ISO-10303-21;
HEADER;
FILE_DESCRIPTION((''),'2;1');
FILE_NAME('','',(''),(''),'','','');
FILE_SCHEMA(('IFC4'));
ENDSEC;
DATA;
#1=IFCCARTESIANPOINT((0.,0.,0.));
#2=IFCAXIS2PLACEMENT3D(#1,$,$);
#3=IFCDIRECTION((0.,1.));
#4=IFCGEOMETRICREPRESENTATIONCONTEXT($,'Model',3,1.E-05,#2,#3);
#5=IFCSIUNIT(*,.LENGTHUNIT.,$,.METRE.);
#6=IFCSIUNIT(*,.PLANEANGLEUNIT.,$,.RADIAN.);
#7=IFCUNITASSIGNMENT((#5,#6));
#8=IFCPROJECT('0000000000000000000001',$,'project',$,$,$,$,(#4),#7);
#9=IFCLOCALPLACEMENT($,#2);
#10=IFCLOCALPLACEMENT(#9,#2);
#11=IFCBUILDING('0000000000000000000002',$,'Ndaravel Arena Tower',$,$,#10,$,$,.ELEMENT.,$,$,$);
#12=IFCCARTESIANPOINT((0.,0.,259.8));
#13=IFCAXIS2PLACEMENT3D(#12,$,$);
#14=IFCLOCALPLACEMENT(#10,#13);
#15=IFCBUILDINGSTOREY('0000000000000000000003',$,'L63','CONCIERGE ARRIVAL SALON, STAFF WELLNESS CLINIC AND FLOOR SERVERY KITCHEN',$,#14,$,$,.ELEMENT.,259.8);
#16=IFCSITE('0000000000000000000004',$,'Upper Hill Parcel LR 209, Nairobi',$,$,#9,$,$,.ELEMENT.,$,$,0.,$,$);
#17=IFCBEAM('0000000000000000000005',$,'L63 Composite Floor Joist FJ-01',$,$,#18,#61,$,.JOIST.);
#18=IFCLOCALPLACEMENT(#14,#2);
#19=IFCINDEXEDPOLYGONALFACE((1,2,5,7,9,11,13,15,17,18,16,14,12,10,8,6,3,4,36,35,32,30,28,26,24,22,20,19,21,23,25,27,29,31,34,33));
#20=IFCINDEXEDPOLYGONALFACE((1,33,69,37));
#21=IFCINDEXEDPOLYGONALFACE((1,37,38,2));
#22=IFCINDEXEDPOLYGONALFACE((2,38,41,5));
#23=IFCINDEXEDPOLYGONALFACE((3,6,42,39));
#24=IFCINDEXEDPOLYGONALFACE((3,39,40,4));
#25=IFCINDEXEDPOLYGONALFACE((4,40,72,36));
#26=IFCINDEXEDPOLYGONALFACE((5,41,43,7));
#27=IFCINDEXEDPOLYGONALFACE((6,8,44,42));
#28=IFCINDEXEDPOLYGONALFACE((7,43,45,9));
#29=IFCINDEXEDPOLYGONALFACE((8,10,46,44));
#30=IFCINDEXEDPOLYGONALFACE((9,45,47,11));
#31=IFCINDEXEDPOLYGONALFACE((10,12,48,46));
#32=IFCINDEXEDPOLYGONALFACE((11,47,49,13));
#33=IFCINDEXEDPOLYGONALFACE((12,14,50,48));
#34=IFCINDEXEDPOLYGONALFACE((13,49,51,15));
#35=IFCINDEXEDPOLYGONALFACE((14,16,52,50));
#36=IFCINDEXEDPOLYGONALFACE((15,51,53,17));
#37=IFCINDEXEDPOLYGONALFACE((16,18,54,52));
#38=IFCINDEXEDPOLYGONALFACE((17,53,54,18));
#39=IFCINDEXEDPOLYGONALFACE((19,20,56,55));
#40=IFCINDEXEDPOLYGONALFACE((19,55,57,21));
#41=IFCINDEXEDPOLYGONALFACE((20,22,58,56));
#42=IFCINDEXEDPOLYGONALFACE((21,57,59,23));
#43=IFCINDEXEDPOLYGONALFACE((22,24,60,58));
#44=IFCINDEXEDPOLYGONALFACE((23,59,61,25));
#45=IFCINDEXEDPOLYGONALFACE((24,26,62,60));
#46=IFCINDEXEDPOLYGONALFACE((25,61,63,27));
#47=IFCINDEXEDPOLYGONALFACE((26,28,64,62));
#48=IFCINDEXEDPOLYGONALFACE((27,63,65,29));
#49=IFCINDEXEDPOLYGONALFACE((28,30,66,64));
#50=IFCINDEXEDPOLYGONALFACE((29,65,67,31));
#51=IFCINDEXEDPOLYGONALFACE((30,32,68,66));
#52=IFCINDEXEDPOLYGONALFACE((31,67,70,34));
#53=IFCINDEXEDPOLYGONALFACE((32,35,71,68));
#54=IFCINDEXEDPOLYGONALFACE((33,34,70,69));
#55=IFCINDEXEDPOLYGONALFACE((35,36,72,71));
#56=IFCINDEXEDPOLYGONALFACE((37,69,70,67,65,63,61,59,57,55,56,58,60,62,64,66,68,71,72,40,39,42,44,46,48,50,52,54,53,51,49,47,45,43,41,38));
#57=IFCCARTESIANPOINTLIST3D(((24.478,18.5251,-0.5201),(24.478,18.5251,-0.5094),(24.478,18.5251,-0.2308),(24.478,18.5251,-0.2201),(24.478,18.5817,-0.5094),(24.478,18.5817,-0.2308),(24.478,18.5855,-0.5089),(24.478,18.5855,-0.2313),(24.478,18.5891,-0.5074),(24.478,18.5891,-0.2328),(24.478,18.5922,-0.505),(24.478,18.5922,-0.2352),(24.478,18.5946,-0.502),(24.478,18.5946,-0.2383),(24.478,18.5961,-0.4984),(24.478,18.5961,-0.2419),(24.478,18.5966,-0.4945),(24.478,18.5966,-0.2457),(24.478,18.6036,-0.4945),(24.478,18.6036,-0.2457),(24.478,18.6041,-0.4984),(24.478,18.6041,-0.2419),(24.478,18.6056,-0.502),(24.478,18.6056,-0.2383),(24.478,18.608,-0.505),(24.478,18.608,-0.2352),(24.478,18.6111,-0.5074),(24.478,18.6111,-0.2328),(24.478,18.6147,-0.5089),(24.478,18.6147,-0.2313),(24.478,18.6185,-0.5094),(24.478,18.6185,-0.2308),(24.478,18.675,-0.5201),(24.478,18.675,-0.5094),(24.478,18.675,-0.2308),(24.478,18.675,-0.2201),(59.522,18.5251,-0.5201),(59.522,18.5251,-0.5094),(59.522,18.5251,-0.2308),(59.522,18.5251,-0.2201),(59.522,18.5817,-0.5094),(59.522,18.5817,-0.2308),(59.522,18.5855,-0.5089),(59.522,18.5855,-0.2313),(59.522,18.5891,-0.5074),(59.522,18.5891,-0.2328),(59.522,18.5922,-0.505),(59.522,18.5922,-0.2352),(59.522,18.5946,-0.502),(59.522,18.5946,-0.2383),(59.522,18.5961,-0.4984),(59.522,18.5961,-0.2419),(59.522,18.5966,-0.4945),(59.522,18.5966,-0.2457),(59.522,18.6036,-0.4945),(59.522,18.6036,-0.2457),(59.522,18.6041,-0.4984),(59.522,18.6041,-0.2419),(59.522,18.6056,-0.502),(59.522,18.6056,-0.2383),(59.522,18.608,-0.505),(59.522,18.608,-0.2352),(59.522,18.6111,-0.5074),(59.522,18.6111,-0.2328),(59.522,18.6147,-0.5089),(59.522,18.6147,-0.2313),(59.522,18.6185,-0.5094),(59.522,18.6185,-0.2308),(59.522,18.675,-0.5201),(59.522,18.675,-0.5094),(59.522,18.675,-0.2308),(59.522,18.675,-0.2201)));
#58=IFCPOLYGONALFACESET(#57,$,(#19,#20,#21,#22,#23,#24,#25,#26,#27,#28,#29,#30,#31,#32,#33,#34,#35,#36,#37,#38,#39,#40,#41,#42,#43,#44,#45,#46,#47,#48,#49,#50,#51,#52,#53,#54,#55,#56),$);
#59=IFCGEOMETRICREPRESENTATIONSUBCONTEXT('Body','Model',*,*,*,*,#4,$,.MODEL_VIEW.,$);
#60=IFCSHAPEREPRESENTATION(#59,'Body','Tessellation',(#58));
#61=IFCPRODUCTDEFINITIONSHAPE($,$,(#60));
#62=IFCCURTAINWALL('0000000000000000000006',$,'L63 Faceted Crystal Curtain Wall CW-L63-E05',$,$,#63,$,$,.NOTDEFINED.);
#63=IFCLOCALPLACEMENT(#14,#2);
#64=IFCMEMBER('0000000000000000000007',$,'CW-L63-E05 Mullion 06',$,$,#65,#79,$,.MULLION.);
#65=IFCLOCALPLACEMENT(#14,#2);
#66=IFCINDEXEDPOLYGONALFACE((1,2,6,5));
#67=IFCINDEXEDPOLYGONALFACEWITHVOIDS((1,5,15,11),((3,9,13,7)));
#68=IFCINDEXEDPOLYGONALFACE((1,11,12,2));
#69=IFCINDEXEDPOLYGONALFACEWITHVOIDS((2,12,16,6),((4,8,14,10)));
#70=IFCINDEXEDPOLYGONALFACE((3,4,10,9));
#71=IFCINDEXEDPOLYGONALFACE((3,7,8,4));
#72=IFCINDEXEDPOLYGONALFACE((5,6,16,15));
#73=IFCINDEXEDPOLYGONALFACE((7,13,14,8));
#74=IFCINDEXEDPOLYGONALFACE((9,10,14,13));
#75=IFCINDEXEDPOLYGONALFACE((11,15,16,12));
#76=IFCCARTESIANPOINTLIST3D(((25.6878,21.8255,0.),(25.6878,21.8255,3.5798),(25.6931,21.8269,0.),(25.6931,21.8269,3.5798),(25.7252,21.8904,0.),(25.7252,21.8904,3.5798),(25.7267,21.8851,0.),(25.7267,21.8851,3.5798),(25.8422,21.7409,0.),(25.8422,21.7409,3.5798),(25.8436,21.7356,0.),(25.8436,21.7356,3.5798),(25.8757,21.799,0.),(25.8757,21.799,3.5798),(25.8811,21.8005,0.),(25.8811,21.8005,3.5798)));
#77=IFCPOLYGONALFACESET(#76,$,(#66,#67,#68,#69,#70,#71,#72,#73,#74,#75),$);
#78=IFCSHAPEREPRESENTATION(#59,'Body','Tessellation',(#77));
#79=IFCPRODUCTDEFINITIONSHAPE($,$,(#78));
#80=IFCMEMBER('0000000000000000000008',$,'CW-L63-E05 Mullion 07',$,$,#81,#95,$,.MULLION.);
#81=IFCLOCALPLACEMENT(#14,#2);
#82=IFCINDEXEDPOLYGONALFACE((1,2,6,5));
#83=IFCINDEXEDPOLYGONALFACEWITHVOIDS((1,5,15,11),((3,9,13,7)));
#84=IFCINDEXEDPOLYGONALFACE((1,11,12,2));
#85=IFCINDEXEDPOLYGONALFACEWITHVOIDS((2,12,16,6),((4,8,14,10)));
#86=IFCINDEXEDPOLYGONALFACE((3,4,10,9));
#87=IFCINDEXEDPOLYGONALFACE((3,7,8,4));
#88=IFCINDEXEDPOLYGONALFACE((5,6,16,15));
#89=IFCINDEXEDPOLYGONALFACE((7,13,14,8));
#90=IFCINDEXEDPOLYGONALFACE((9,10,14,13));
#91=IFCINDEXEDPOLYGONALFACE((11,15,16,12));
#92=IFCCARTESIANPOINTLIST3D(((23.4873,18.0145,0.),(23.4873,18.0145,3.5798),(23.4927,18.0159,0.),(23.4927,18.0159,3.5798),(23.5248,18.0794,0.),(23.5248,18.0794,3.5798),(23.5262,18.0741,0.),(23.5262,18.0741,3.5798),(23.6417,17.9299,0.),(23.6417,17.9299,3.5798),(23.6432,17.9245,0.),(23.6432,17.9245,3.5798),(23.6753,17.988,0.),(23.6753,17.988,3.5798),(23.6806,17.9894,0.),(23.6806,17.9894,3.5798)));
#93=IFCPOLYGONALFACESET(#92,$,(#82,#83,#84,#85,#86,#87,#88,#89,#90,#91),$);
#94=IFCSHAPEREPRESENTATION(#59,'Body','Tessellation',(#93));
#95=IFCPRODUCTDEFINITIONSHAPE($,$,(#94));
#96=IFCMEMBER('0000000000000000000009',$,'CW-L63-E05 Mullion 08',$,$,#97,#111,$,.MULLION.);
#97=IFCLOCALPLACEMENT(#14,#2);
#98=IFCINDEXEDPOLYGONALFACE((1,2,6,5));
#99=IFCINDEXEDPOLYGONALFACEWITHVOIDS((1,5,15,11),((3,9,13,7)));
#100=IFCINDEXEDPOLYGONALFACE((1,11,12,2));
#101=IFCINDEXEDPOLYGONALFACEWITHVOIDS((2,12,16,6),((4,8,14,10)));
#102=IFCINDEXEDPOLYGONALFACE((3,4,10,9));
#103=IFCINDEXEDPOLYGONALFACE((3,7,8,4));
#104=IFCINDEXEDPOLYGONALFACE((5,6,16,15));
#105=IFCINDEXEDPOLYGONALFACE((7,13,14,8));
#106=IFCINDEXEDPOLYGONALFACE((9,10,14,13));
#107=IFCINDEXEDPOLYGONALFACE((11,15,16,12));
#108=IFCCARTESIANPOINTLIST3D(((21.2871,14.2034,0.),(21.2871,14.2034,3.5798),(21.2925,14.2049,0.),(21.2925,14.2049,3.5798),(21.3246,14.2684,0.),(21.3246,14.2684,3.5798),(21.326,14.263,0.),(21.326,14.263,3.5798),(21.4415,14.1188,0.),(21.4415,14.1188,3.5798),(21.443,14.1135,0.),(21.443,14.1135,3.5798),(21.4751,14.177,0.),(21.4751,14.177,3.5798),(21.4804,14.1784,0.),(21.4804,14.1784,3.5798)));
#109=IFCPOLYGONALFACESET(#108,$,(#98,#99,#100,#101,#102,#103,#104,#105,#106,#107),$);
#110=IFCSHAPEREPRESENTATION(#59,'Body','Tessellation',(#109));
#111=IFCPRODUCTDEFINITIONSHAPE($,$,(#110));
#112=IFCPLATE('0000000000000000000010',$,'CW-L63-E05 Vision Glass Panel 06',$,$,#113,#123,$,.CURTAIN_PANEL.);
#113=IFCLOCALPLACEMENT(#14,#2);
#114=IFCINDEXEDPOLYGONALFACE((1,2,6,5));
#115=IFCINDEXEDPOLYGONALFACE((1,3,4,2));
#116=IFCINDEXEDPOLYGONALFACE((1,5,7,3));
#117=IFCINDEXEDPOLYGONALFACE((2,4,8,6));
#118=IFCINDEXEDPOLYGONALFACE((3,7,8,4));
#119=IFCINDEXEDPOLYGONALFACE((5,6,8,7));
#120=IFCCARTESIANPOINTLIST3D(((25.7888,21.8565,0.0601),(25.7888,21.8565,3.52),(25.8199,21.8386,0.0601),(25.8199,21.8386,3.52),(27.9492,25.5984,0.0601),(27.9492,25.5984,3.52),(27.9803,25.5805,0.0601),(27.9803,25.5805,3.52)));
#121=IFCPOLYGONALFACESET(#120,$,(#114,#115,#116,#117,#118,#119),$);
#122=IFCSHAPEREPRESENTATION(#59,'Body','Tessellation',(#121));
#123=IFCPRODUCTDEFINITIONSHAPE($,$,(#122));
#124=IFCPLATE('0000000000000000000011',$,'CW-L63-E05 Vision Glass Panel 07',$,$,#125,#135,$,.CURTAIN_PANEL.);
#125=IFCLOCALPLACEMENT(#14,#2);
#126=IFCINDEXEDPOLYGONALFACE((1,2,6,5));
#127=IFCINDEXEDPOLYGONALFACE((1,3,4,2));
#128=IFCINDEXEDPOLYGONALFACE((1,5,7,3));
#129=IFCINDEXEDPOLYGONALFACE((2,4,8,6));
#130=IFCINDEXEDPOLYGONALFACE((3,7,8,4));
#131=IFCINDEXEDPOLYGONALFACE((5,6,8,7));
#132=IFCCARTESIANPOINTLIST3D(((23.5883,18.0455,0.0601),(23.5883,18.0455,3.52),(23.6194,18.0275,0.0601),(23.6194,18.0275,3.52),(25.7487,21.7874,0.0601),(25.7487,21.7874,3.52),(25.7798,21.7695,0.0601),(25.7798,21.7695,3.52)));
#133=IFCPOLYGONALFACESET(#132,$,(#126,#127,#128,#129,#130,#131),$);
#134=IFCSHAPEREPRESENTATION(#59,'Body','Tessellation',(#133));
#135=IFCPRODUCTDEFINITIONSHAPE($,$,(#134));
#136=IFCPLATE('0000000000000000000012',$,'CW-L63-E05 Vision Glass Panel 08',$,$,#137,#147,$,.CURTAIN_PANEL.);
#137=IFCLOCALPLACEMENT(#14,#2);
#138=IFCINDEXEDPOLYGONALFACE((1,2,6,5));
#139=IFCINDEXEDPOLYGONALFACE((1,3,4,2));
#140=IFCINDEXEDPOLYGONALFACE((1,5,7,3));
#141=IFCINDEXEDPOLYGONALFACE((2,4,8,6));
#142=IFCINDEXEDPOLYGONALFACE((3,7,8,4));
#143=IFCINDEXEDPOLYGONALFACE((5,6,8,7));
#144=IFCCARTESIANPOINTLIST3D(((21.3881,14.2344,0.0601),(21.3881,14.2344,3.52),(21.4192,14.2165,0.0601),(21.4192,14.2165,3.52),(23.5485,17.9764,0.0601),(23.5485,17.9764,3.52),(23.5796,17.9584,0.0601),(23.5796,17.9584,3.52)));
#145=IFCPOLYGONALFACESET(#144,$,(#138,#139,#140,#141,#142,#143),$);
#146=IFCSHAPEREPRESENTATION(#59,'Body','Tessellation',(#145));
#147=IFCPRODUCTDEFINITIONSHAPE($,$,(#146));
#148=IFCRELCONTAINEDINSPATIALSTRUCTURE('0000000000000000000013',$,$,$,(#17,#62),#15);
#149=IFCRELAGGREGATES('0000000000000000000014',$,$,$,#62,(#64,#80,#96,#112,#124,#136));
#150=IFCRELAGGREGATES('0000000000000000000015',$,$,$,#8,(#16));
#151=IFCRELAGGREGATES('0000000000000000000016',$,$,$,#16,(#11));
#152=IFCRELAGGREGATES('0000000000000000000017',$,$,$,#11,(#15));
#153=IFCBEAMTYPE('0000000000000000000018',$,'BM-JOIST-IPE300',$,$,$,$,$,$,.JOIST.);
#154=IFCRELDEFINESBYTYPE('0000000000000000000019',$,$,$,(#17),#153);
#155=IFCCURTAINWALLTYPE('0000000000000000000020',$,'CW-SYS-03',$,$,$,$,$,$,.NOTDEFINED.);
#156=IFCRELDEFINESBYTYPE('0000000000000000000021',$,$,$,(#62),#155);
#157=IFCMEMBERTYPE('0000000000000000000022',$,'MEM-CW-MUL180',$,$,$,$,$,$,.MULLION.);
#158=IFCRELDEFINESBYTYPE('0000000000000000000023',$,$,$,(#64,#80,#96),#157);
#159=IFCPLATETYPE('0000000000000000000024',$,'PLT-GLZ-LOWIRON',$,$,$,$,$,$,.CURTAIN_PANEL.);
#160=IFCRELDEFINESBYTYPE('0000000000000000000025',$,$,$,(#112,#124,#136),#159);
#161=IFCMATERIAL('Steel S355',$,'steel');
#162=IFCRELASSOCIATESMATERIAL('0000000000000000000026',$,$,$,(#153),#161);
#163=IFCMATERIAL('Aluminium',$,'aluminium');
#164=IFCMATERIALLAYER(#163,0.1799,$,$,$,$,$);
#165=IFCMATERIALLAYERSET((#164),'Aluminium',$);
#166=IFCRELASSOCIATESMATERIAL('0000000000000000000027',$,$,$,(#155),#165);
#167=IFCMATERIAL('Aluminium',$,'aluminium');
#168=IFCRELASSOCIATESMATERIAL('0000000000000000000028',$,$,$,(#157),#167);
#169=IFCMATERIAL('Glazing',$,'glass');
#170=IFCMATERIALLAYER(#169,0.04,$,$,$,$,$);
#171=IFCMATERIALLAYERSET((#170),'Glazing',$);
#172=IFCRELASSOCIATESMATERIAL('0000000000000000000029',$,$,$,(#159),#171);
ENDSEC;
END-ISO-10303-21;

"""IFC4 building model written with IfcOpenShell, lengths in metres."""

from ifc_helpers import new_model, si_unit, direction, frame, origin, origin_2d, place, context, subcontext, project, spatial, rectangle, hollow_rectangle, i_section, extrude, material, layer, layer_set, material_profile, profile_set, type_object, element, aggregate, save


model = new_model("IFC4")

# Units and contexts
model_context = context("Model", 3, precision=1e-05, world=origin(), true_north=direction((0.0, 1.0)))
body_context = subcontext(model_context, "Body", "Model", "MODEL_VIEW")
ifc_project = project(units=[si_unit("LENGTHUNIT", "METRE"), si_unit("PLANEANGLEUNIT", "RADIAN")], contexts=[model_context])

# Site, building, storey
site_placement = place(None, origin())
site = spatial("IfcSite", under=ifc_project, at=site_placement, Name="Upper Hill Parcel LR 209, Nairobi", CompositionType="ELEMENT", RefElevation=0.0)
building_placement = place(site_placement, origin())
building = spatial("IfcBuilding", under=site, at=building_placement, Name="Ndaravel Arena Tower", CompositionType="ELEMENT")
storey_placement = place(building_placement, frame((0.0, 0.0, 259.8)))
storey = spatial("IfcBuildingStorey", under=building, at=storey_placement, Name="L63", Description="CONCIERGE ARRIVAL SALON, STAFF WELLNESS CLINIC AND FLOOR SERVERY KITCHEN", CompositionType="ELEMENT", Elevation=259.8)

# Beam
ifc_material_1 = material(Name="Steel S355", Category="steel")
ifc_material_profile_1 = material_profile(ifc_material_1, i_section(OverallWidth=0.1499, OverallDepth=0.3, WebThickness=0.0071, FlangeThickness=0.0107, FilletRadius=0.0149, at=origin_2d()), Name="IPE 300")
ifc_profile_set_1 = profile_set([ifc_material_profile_1], Name="Steel S355")
beam_type = type_object("IfcBeamType", Name="BM-JOIST-IPE300", PredefinedType="JOIST", material=ifc_profile_set_1)
beam_placement = place(storey_placement, frame((24.478, 18.6001, -0.3701), z_axis=(1.0, 0.0, 0.0), x_axis=(0.0, 1.0, 0.0)))
element("IfcBeam", 1, at=beam_placement, inside=storey, type_object=beam_type, Name="L63 Composite Floor Joist FJ-01", PredefinedType="JOIST", context=body_context, shape_type="SweptSolid", body=[
    extrude(i_section(OverallWidth=0.1499, OverallDepth=0.3, WebThickness=0.0071, FlangeThickness=0.0107, FilletRadius=0.0149, at=origin_2d()), origin(), (0.0, 0.0, 1.0), 35.0439),
])

# Curtain wall, members, plates
ifc_material_2 = material(Name="Aluminium", Category="aluminium")
ifc_layer_1 = layer(ifc_material_2, 0.1799)
ifc_layer_set_1 = layer_set([ifc_layer_1], Name="Aluminium")
curtain_wall_type = type_object("IfcCurtainWallType", Name="CW-SYS-03", PredefinedType="NOTDEFINED", material=ifc_layer_set_1)
curtain_wall_placement = place(storey_placement, origin())
curtain_wall = element("IfcCurtainWall", 2, at=curtain_wall_placement, inside=storey, type_object=curtain_wall_type, Name="L63 Faceted Crystal Curtain Wall CW-L63-E05", PredefinedType="NOTDEFINED")
ifc_material_3 = material(Name="Aluminium", Category="aluminium")
ifc_material_profile_2 = material_profile(ifc_material_3, hollow_rectangle(XDim=0.075, YDim=0.1799, WallThickness=0.0039, at=origin_2d()), Name="CW MULLION 75x180x4")
ifc_profile_set_2 = profile_set([ifc_material_profile_2], Name="Aluminium")
member_type = type_object("IfcMemberType", Name="MEM-CW-MUL180", PredefinedType="MULLION", material=ifc_profile_set_2)
member_1_placement = place(storey_placement, frame((25.7844, 21.813, 0.0), z_axis=(0.0, 0.0, 1.0), x_axis=(-0.5, -0.866025, 0.0)))
member_1 = element("IfcMember", 3, at=member_1_placement, type_object=member_type, Name="CW-L63-E05 Mullion 06", PredefinedType="MULLION", context=body_context, shape_type="SweptSolid", body=[
    extrude(hollow_rectangle(XDim=0.075, YDim=0.1799, WallThickness=0.0039, at=origin_2d()), origin(), (0.0, 0.0, 1.0), 3.5798),
])
member_2_placement = place(storey_placement, frame((23.584, 18.002, 0.0), z_axis=(0.0, 0.0, 1.0), x_axis=(-0.5, -0.866025, 0.0)))
member_2 = element("IfcMember", 4, at=member_2_placement, type_object=member_type, Name="CW-L63-E05 Mullion 07", PredefinedType="MULLION", context=body_context, shape_type="SweptSolid", body=[
    extrude(hollow_rectangle(XDim=0.075, YDim=0.1799, WallThickness=0.0039, at=origin_2d()), origin(), (0.0, 0.0, 1.0), 3.5798),
])
member_3_placement = place(storey_placement, frame((21.3838, 14.1909, 0.0), z_axis=(0.0, 0.0, 1.0), x_axis=(-0.5, -0.866025, 0.0)))
member_3 = element("IfcMember", 5, at=member_3_placement, type_object=member_type, Name="CW-L63-E05 Mullion 08", PredefinedType="MULLION", context=body_context, shape_type="SweptSolid", body=[
    extrude(hollow_rectangle(XDim=0.075, YDim=0.1799, WallThickness=0.0039, at=origin_2d()), origin(), (0.0, 0.0, 1.0), 3.5798),
])
ifc_material_4 = material(Name="Glazing", Category="glass")
ifc_layer_2 = layer(ifc_material_4, 0.04)
ifc_layer_set_2 = layer_set([ifc_layer_2], Name="Glazing")
plate_type = type_object("IfcPlateType", Name="PLT-GLZ-LOWIRON", PredefinedType="CURTAIN_PANEL", material=ifc_layer_set_2)
plate_1_placement = place(storey_placement, frame((26.8845, 23.7185, 0.0601), z_axis=(0.0, 0.0, 1.0), x_axis=(-0.5, -0.866025, 0.0)))
plate_1 = element("IfcPlate", 6, at=plate_1_placement, type_object=plate_type, Name="CW-L63-E05 Vision Glass Panel 06", PredefinedType="CURTAIN_PANEL", context=body_context, shape_type="SweptSolid", body=[
    extrude(rectangle(XDim=4.3208, YDim=0.0359, at=origin_2d()), origin(), (0.0, 0.0, 1.0), 3.46),
])
plate_2_placement = place(storey_placement, frame((24.6841, 19.9075, 0.0601), z_axis=(0.0, 0.0, 1.0), x_axis=(-0.5, -0.866025, 0.0)))
plate_2 = element("IfcPlate", 7, at=plate_2_placement, type_object=plate_type, Name="CW-L63-E05 Vision Glass Panel 07", PredefinedType="CURTAIN_PANEL", context=body_context, shape_type="SweptSolid", body=[
    extrude(rectangle(XDim=4.3208, YDim=0.0359, at=origin_2d()), origin(), (0.0, 0.0, 1.0), 3.46),
])
plate_3_placement = place(storey_placement, frame((22.4839, 16.0964, 0.0601), z_axis=(0.0, 0.0, 1.0), x_axis=(-0.5, -0.866025, 0.0)))
plate_3 = element("IfcPlate", 8, at=plate_3_placement, type_object=plate_type, Name="CW-L63-E05 Vision Glass Panel 08", PredefinedType="CURTAIN_PANEL", context=body_context, shape_type="SweptSolid", body=[
    extrude(rectangle(XDim=4.3208, YDim=0.0359, at=origin_2d()), origin(), (0.0, 0.0, 1.0), 3.46),
])
aggregate(curtain_wall, [member_1, member_2, member_3, plate_1, plate_2, plate_3])

save(model, "model.ifc")
